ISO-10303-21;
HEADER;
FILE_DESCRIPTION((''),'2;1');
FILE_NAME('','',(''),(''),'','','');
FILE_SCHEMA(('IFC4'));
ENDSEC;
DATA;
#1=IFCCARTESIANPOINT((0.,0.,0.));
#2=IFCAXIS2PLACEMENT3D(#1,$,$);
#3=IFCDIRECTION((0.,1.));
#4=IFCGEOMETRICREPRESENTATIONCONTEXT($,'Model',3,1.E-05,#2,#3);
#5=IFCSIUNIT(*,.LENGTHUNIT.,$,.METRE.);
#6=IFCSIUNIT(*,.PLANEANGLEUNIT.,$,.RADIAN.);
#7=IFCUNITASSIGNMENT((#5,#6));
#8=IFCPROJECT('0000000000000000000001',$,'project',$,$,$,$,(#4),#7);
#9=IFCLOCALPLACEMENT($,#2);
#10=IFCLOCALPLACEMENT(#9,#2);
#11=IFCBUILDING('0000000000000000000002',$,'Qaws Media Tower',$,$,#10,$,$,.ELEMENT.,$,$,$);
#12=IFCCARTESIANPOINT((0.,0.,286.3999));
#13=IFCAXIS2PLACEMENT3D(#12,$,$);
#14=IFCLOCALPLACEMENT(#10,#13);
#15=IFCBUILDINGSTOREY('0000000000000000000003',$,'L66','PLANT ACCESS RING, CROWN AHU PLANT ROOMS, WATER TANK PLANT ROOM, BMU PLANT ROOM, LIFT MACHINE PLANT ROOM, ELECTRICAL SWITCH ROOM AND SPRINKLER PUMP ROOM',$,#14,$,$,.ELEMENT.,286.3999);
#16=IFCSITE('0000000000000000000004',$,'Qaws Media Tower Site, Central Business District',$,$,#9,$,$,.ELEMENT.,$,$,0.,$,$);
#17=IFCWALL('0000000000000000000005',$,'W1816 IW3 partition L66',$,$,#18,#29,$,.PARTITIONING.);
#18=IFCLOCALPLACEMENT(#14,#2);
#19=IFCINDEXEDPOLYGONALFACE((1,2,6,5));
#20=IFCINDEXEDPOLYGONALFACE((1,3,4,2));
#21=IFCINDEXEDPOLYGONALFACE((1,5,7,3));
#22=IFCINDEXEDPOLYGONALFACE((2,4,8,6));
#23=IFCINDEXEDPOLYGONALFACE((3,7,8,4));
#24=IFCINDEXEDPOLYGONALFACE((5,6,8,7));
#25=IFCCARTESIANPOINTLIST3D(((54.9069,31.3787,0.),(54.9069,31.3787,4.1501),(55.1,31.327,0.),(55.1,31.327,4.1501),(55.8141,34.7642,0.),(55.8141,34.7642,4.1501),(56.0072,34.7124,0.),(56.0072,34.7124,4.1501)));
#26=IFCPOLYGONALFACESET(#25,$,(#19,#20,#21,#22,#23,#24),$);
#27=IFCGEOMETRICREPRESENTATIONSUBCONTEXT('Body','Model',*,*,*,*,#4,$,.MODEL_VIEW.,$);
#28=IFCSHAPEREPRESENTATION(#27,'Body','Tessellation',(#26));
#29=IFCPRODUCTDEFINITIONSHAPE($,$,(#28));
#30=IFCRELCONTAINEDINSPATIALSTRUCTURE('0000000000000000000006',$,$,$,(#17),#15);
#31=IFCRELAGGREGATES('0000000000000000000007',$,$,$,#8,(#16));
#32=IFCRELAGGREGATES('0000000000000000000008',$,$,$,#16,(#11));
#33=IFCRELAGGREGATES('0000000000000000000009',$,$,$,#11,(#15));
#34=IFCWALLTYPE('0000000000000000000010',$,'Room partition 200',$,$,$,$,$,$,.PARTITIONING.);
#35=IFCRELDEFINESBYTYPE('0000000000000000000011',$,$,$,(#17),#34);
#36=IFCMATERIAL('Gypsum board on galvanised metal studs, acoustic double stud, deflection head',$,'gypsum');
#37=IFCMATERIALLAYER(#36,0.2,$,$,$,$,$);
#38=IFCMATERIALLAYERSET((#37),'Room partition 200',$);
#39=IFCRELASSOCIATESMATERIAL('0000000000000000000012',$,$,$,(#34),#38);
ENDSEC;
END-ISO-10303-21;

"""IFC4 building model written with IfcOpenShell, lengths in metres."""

from ifc_helpers import new_model, si_unit, direction, frame, frame_2d, origin, place, context, subcontext, project, spatial, rectangle, extrude, material, layer, layer_set, type_object, element, save


model = new_model("IFC4")

# Units and contexts
model_context = context("Model", 3, precision=1e-05, world=origin(), true_north=direction((0.0, 1.0)))
body_context = subcontext(model_context, "Body", "Model", "MODEL_VIEW")
ifc_project = project(units=[si_unit("LENGTHUNIT", "METRE"), si_unit("PLANEANGLEUNIT", "RADIAN")], contexts=[model_context])

# Site, building, storey
site_placement = place(None, origin())
site = spatial("IfcSite", under=ifc_project, at=site_placement, Name="Qaws Media Tower Site, Central Business District", CompositionType="ELEMENT", RefElevation=0.0)
building_placement = place(site_placement, origin())
building = spatial("IfcBuilding", under=site, at=building_placement, Name="Qaws Media Tower", CompositionType="ELEMENT")
storey_placement = place(building_placement, frame((0.0, 0.0, 286.3999)))
storey = spatial("IfcBuildingStorey", under=building, at=storey_placement, Name="L66", Description="PLANT ACCESS RING, CROWN AHU PLANT ROOMS, WATER TANK PLANT ROOM, BMU PLANT ROOM, LIFT MACHINE PLANT ROOM, ELECTRICAL SWITCH ROOM AND SPRINKLER PUMP ROOM", CompositionType="ELEMENT", Elevation=286.3999)

# Shared definitions
ifc_material_1 = material(Name="Gypsum board on galvanised metal studs, acoustic double stud, deflection head", Category="gypsum")
ifc_layer_1 = layer(ifc_material_1, 0.2)
ifc_layer_set_1 = layer_set([ifc_layer_1], Name="Room partition 200")
wall_type_1 = type_object("IfcWallType", Name="Room partition 200", PredefinedType="PARTITIONING", material=ifc_layer_set_1)

# Wall
wall_1_placement = place(storey_placement, frame((55.9106, 34.7383, 0.0), z_axis=(0.0, 0.0, 1.0), x_axis=(-0.258842, -0.96592, 0.0)))
element("IfcWall", 1, at=wall_1_placement, inside=storey, type_object=wall_type_1, Name="W1816 IW3 partition L66", PredefinedType="PARTITIONING", context=body_context, shape_type="SweptSolid", body=[
    extrude(rectangle(XDim=3.5049, YDim=0.2, at=frame_2d((1.7524, 0.0))), origin(), (0.0, 0.0, 1.0), 4.1501),
])

save(model, "model.ifc")
